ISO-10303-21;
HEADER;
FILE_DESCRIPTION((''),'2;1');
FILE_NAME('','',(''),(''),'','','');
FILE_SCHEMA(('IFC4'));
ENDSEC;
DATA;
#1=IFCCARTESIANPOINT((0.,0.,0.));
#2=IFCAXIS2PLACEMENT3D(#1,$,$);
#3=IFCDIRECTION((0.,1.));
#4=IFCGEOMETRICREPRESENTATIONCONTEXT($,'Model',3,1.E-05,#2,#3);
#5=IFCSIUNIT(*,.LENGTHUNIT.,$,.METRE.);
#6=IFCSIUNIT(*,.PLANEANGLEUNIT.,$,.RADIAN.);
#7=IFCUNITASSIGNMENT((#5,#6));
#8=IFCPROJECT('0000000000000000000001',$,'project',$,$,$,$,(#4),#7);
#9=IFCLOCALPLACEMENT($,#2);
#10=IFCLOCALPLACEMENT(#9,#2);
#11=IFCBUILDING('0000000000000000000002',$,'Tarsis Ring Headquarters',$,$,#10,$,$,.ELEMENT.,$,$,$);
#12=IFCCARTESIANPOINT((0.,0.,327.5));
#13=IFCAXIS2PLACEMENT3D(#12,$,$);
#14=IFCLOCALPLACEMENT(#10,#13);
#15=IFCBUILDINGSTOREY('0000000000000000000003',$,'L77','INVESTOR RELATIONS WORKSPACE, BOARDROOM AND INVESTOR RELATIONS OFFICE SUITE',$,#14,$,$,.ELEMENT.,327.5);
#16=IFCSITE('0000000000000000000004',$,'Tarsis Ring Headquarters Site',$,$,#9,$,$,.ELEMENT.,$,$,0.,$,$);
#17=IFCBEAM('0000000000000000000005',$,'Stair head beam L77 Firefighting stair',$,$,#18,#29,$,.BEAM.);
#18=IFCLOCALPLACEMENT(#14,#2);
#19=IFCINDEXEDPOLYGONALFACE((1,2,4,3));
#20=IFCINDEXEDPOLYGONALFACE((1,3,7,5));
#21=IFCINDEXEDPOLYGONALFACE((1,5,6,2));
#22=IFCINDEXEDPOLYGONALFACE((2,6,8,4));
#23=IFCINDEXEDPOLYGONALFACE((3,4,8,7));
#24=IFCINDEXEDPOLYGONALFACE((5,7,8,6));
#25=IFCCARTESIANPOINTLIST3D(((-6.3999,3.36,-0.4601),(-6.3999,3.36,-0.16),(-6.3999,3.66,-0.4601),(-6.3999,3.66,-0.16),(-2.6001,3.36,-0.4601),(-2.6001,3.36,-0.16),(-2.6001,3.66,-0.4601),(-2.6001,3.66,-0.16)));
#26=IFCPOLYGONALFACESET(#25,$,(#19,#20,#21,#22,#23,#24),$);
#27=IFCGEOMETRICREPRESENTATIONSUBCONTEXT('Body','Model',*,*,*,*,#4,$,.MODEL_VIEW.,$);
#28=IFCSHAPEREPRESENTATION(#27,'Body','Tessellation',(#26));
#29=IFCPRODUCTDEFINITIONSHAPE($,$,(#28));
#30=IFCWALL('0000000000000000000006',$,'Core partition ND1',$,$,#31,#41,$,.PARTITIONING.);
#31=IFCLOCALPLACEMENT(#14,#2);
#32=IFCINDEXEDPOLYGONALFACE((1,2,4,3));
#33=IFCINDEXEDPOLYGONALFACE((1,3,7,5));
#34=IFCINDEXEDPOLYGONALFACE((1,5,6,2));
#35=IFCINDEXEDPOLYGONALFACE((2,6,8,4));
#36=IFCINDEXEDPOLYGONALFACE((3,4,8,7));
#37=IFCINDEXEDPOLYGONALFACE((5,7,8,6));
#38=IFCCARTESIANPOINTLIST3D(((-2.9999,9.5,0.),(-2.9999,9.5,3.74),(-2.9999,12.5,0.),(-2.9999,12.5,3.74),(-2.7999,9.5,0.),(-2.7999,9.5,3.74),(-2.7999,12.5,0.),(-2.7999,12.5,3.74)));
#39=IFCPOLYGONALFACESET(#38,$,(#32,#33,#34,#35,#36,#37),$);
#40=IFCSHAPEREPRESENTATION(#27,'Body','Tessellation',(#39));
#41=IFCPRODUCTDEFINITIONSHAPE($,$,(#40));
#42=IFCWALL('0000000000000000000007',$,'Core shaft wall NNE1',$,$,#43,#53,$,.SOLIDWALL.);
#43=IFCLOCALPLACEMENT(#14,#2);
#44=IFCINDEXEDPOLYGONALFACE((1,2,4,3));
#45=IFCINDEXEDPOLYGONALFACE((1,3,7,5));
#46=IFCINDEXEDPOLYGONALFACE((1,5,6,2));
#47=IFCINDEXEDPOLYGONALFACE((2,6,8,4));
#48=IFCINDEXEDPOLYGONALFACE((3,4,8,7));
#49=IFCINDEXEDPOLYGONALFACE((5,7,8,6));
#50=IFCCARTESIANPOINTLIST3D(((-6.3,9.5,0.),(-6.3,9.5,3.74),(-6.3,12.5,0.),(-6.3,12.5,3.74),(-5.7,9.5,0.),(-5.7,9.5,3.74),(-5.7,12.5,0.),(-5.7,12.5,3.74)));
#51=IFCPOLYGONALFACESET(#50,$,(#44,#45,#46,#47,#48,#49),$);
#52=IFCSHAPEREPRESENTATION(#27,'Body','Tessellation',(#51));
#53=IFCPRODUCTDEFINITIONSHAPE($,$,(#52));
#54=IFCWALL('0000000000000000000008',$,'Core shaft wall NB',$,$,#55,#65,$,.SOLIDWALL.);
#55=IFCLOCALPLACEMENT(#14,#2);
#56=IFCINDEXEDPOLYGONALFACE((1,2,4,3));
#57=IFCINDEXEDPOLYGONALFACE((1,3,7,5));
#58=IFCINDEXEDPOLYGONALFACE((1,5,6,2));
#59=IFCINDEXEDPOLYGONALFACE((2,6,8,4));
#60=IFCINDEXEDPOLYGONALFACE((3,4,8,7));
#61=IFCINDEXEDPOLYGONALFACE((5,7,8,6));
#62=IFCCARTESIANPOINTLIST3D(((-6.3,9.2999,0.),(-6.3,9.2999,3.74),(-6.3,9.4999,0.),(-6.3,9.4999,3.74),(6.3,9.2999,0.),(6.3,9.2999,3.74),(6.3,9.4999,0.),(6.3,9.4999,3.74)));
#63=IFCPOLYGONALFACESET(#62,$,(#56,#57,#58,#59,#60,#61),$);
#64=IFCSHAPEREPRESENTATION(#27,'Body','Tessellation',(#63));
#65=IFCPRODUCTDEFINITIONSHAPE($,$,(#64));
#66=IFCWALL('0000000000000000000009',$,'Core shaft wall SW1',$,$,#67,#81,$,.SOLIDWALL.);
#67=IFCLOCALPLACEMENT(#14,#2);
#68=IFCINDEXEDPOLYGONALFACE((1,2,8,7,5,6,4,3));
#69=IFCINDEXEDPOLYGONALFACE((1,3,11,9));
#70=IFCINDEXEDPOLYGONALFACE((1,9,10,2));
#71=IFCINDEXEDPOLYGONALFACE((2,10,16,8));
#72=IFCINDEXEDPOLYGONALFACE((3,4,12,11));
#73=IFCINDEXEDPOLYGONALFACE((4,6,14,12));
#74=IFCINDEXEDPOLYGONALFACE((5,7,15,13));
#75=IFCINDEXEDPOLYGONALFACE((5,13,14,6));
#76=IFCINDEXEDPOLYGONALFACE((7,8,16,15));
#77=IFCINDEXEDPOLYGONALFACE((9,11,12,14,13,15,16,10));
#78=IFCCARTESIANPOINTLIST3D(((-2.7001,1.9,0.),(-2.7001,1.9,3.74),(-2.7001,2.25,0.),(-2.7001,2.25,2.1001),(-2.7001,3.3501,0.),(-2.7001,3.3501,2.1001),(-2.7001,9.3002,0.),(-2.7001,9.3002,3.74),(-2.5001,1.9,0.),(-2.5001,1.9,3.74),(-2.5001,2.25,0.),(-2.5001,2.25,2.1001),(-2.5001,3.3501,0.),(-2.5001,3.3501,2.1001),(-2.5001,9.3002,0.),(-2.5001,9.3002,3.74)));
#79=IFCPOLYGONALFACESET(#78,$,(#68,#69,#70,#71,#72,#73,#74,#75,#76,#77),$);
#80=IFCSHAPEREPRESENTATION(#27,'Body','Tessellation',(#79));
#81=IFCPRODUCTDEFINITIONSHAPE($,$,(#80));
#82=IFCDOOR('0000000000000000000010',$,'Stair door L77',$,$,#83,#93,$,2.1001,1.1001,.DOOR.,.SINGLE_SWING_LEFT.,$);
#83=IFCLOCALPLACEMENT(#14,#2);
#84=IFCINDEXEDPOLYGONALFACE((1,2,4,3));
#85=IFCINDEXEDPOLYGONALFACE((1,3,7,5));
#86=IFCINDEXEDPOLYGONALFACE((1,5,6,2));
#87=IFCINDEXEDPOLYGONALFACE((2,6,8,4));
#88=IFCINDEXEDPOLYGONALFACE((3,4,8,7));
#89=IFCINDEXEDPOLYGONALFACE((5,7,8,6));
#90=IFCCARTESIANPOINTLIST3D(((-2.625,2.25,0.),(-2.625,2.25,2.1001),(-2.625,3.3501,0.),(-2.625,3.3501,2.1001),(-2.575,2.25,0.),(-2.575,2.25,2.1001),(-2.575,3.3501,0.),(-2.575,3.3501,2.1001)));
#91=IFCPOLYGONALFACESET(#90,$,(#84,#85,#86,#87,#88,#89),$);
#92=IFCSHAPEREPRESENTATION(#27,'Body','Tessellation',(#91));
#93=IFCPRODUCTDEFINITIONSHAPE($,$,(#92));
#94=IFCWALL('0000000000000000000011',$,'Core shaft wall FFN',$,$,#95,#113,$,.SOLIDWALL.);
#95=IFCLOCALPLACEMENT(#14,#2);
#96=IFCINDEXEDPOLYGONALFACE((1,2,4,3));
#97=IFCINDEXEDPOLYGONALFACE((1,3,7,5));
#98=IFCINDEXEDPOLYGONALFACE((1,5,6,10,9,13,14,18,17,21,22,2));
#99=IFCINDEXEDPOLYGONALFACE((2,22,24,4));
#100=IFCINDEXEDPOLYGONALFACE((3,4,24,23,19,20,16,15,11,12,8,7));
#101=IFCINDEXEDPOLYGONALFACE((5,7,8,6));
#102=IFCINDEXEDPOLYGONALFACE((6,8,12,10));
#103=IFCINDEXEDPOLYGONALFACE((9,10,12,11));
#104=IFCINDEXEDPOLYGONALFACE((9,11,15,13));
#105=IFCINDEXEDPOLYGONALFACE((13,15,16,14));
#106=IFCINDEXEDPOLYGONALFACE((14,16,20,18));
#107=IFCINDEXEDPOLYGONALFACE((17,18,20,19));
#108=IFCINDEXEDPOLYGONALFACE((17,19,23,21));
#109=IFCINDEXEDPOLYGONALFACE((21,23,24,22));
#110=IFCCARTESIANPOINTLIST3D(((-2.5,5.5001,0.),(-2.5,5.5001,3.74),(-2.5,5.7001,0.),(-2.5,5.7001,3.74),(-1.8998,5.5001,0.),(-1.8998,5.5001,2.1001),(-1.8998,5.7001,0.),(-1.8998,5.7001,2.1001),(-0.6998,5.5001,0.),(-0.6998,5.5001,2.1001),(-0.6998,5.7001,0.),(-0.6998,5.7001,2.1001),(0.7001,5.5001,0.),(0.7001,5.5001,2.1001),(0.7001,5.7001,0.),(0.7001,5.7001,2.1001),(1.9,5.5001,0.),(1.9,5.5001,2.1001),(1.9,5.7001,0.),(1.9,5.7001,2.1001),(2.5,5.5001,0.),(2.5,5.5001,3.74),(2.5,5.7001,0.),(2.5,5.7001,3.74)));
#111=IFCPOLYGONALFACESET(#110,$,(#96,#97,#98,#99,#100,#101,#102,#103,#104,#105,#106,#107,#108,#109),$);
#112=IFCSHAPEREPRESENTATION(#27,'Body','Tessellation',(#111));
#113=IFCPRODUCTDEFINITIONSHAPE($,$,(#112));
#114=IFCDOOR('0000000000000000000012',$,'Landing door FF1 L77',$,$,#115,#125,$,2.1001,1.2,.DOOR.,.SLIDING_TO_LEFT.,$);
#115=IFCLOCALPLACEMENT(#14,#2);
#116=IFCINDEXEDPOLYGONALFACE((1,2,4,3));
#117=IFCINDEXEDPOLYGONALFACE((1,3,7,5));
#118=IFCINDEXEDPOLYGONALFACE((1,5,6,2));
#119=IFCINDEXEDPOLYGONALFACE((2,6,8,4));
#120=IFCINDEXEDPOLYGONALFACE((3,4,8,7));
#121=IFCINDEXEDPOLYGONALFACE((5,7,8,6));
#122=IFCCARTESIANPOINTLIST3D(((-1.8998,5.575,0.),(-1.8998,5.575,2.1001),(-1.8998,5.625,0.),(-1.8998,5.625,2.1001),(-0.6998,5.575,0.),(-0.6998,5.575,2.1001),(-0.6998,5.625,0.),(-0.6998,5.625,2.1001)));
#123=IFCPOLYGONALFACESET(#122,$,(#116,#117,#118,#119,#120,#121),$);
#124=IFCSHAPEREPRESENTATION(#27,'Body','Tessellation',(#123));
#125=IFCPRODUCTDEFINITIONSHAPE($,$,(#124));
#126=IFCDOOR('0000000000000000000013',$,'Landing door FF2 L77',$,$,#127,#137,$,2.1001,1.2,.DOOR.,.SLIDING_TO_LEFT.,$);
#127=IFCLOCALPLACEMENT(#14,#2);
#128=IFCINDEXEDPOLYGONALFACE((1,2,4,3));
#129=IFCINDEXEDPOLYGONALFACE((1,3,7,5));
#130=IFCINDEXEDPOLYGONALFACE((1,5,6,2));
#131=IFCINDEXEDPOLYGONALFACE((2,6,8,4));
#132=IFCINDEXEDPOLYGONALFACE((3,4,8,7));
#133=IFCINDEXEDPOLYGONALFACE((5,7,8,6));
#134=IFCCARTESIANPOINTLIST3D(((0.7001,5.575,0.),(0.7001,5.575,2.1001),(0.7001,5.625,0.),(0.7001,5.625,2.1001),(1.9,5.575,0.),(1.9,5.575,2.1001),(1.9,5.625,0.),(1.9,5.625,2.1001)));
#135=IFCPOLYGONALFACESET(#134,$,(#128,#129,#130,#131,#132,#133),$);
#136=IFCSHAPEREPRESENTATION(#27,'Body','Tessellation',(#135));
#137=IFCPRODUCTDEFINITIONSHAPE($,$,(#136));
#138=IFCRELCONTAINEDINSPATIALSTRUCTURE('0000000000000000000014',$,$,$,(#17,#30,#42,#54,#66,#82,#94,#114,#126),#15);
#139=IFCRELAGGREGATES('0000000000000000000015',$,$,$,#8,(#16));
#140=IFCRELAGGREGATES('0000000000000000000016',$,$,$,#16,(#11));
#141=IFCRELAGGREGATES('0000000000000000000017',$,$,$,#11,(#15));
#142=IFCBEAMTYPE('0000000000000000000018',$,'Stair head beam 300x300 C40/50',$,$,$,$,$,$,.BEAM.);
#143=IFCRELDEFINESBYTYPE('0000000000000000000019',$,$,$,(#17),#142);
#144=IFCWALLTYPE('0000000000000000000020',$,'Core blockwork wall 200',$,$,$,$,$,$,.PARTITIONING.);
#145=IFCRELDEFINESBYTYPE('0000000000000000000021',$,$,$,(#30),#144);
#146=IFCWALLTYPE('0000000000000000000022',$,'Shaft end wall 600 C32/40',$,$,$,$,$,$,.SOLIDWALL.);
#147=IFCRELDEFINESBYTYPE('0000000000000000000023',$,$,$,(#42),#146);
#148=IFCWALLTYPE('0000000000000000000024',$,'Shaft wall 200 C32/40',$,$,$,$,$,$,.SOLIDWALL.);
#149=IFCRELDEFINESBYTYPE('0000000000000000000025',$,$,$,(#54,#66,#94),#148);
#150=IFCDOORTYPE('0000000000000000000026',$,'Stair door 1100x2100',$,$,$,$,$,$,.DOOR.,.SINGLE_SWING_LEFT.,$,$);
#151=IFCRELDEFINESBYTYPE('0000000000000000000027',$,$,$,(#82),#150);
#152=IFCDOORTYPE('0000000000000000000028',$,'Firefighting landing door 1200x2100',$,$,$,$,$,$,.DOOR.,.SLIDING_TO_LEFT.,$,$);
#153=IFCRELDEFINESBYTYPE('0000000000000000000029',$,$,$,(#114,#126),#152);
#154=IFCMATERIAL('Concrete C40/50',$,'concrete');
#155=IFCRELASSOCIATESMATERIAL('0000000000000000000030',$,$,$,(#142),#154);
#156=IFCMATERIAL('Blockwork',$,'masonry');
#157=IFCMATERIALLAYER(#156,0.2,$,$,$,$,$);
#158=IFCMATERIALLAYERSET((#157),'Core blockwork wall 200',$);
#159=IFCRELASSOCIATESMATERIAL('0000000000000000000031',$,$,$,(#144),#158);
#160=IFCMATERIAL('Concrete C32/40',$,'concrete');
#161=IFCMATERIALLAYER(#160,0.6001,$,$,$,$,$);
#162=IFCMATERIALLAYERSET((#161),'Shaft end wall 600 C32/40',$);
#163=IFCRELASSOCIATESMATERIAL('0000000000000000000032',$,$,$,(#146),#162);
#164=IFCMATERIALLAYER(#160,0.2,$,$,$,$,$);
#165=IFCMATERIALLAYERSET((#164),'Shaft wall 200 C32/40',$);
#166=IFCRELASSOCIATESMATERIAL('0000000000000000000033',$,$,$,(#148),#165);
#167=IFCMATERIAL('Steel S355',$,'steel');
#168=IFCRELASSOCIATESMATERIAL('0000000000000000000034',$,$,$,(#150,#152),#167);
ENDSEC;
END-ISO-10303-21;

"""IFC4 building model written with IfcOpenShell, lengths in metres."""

from ifc_helpers import new_model, si_unit, direction, frame, frame_2d, origin, origin_2d, place, context, subcontext, project, spatial, rectangle, extrude, material, layer, layer_set, material_profile, profile_set, type_object, element, fill, save


model = new_model("IFC4")

# Units and contexts
model_context = context("Model", 3, precision=1e-05, world=origin(), true_north=direction((0.0, 1.0)))
body_context = subcontext(model_context, "Body", "Model", "MODEL_VIEW")
ifc_project = project(units=[si_unit("LENGTHUNIT", "METRE"), si_unit("PLANEANGLEUNIT", "RADIAN")], contexts=[model_context])

# Site, building, storey
site_placement = place(None, origin())
site = spatial("IfcSite", under=ifc_project, at=site_placement, Name="Tarsis Ring Headquarters Site", CompositionType="ELEMENT", RefElevation=0.0)
building_placement = place(site_placement, origin())
building = spatial("IfcBuilding", under=site, at=building_placement, Name="Tarsis Ring Headquarters", CompositionType="ELEMENT")
storey_placement = place(building_placement, frame((0.0, 0.0, 327.5)))
storey = spatial("IfcBuildingStorey", under=building, at=storey_placement, Name="L77", Description="INVESTOR RELATIONS WORKSPACE, BOARDROOM AND INVESTOR RELATIONS OFFICE SUITE", CompositionType="ELEMENT", Elevation=327.5)

# Beam
ifc_material_1 = material(Name="Concrete C40/50", Category="concrete")
ifc_material_profile = material_profile(ifc_material_1, rectangle(XDim=0.3, YDim=0.3, at=origin_2d()), Name="Stair head beam 300x300 C40/50")
ifc_profile_set = profile_set([ifc_material_profile], Name="Concrete C40/50")
beam_type = type_object("IfcBeamType", Name="Stair head beam 300x300 C40/50", PredefinedType="BEAM", material=ifc_profile_set)
beam_placement = place(storey_placement, frame((-6.3999, 3.51, -0.3101), z_axis=(1.0, 0.0, 0.0), x_axis=(0.0, 1.0, 0.0)))
element("IfcBeam", 1, at=beam_placement, inside=storey, type_object=beam_type, Name="Stair head beam L77 Firefighting stair", PredefinedType="BEAM", context=body_context, shape_type="SweptSolid", body=[
    extrude(rectangle(XDim=0.3, YDim=0.3, at=origin_2d()), origin(), (0.0, 0.0, 1.0), 3.7998),
])

# Walls
ifc_material_2 = material(Name="Blockwork", Category="masonry")
ifc_layer_1 = layer(ifc_material_2, 0.2)
ifc_layer_set_1 = layer_set([ifc_layer_1], Name="Core blockwork wall 200")
wall_type_1 = type_object("IfcWallType", Name="Core blockwork wall 200", PredefinedType="PARTITIONING", material=ifc_layer_set_1)
wall_1_placement = place(storey_placement, frame((-2.8999, 9.5, 0.0), z_axis=(0.0, 0.0, 1.0), x_axis=(0.0, 1.0, 0.0)))
element("IfcWall", 2, at=wall_1_placement, inside=storey, type_object=wall_type_1, Name="Core partition ND1", PredefinedType="PARTITIONING", context=body_context, shape_type="SweptSolid", body=[
    extrude(rectangle(XDim=3.0, YDim=0.2, at=frame_2d((1.5, 0.0))), origin(), (0.0, 0.0, 1.0), 3.74),
])
ifc_material_3 = material(Name="Concrete C32/40", Category="concrete")
ifc_layer_2 = layer(ifc_material_3, 0.6001)
ifc_layer_set_2 = layer_set([ifc_layer_2], Name="Shaft end wall 600 C32/40")
wall_type_2 = type_object("IfcWallType", Name="Shaft end wall 600 C32/40", PredefinedType="SOLIDWALL", material=ifc_layer_set_2)
wall_2_placement = place(storey_placement, frame((-6.0, 9.5, 0.0), z_axis=(0.0, 0.0, 1.0), x_axis=(0.0, 1.0, 0.0)))
element("IfcWall", 3, at=wall_2_placement, inside=storey, type_object=wall_type_2, Name="Core shaft wall NNE1", PredefinedType="SOLIDWALL", context=body_context, shape_type="SweptSolid", body=[
    extrude(rectangle(XDim=3.0, YDim=0.6001, at=frame_2d((1.5, 0.0))), origin(), (0.0, 0.0, 1.0), 3.74),
])
ifc_layer_3 = layer(ifc_material_3, 0.2)
ifc_layer_set_3 = layer_set([ifc_layer_3], Name="Shaft wall 200 C32/40")
wall_type_3 = type_object("IfcWallType", Name="Shaft wall 200 C32/40", PredefinedType="SOLIDWALL", material=ifc_layer_set_3)
wall_3_placement = place(storey_placement, frame((-6.3, 9.3999, 0.0), z_axis=(0.0, 0.0, 1.0), x_axis=(1.0, 0.0, 0.0)))
element("IfcWall", 4, at=wall_3_placement, inside=storey, type_object=wall_type_3, Name="Core shaft wall NB", PredefinedType="SOLIDWALL", context=body_context, shape_type="SweptSolid", body=[
    extrude(rectangle(XDim=12.6001, YDim=0.2, at=frame_2d((6.3, 0.0))), origin(), (0.0, 0.0, 1.0), 3.74),
])

# Wall, opening, door
wall_4_placement = place(storey_placement, frame((-2.6001, 1.8999, 0.0), z_axis=(0.0, 0.0, 1.0), x_axis=(0.0, 1.0, 0.0)))
wall_4 = element("IfcWall", 5, at=wall_4_placement, inside=storey, type_object=wall_type_3, Name="Core shaft wall SW1", PredefinedType="SOLIDWALL", context=body_context, shape_type="SweptSolid", body=[
    extrude(rectangle(XDim=7.4001, YDim=0.2, at=frame_2d((3.7002, 0.0))), origin(), (0.0, 0.0, 1.0), 3.74),
])
opening_1_placement = place(wall_4_placement, frame((0.3501, 0.0, 0.0)))
opening_1 = element("IfcOpeningElement", 6, at=opening_1_placement, cuts=wall_4, PredefinedType="OPENING", context=body_context, shape_type="SweptSolid", body=[
    extrude(rectangle(XDim=1.1001, YDim=2.1001, at=frame_2d((0.55, 1.05))), frame((0.0, 0.1099, 0.0), z_axis=(0.0, -1.0, 0.0), x_axis=(1.0, 0.0, 0.0)), (0.0, 0.0, 1.0), 0.22),
])
ifc_material_4 = material(Name="Steel S355", Category="steel")
door_type_1 = type_object("IfcDoorType", Name="Stair door 1100x2100", OperationType="SINGLE_SWING_LEFT", PredefinedType="DOOR", material=ifc_material_4)
door_1_placement = place(opening_1_placement, origin())
door_1 = element("IfcDoor", 7, at=door_1_placement, inside=storey, type_object=door_type_1, Name="Stair door L77", OperationType="SINGLE_SWING_LEFT", OverallHeight=2.1001, OverallWidth=1.1001, PredefinedType="DOOR", context=body_context, shape_type="SweptSolid", body=[
    extrude(rectangle(XDim=1.1001, YDim=2.1001, at=frame_2d((0.55, 1.05))), frame((0.0, 0.0249, 0.0), z_axis=(0.0, -1.0, 0.0), x_axis=(1.0, 0.0, 0.0)), (0.0, 0.0, 1.0), 0.05),
])
fill(opening_1, door_1)

# Wall, openings, doors
wall_5_placement = place(storey_placement, frame((-2.5, 5.6001, 0.0), z_axis=(0.0, 0.0, 1.0), x_axis=(1.0, 0.0, 0.0)))
wall_5 = element("IfcWall", 8, at=wall_5_placement, inside=storey, type_object=wall_type_3, Name="Core shaft wall FFN", PredefinedType="SOLIDWALL", context=body_context, shape_type="SweptSolid", body=[
    extrude(rectangle(XDim=5.0, YDim=0.2, at=frame_2d((2.5, 0.0))), origin(), (0.0, 0.0, 1.0), 3.74),
])
opening_2_placement = place(wall_5_placement, frame((0.6001, 0.0, 0.0)))
opening_2 = element("IfcOpeningElement", 9, at=opening_2_placement, cuts=wall_5, PredefinedType="OPENING", context=body_context, shape_type="SweptSolid", body=[
    extrude(rectangle(XDim=1.2, YDim=2.1001, at=frame_2d((0.6001, 1.05))), frame((0.0, 0.1099, 0.0), z_axis=(0.0, -1.0, 0.0), x_axis=(1.0, 0.0, 0.0)), (0.0, 0.0, 1.0), 0.22),
])
opening_3_placement = place(wall_5_placement, frame((3.2, 0.0, 0.0)))
opening_3 = element("IfcOpeningElement", 10, at=opening_3_placement, cuts=wall_5, PredefinedType="OPENING", context=body_context, shape_type="SweptSolid", body=[
    extrude(rectangle(XDim=1.2, YDim=2.1001, at=frame_2d((0.6001, 1.05))), frame((0.0, 0.1099, 0.0), z_axis=(0.0, -1.0, 0.0), x_axis=(1.0, 0.0, 0.0)), (0.0, 0.0, 1.0), 0.22),
])
door_type_2 = type_object("IfcDoorType", Name="Firefighting landing door 1200x2100", OperationType="SLIDING_TO_LEFT", PredefinedType="DOOR", material=ifc_material_4)
door_2_placement = place(opening_2_placement, origin())
door_2 = element("IfcDoor", 11, at=door_2_placement, inside=storey, type_object=door_type_2, Name="Landing door FF1 L77", OperationType="SLIDING_TO_LEFT", OverallHeight=2.1001, OverallWidth=1.2, PredefinedType="DOOR", context=body_context, shape_type="SweptSolid", body=[
    extrude(rectangle(XDim=1.2, YDim=2.1001, at=frame_2d((0.6001, 1.05))), frame((0.0, 0.0249, 0.0), z_axis=(0.0, -1.0, 0.0), x_axis=(1.0, 0.0, 0.0)), (0.0, 0.0, 1.0), 0.05),
])
fill(opening_2, door_2)
door_3_placement = place(opening_3_placement, origin())
door_3 = element("IfcDoor", 12, at=door_3_placement, inside=storey, type_object=door_type_2, Name="Landing door FF2 L77", OperationType="SLIDING_TO_LEFT", OverallHeight=2.1001, OverallWidth=1.2, PredefinedType="DOOR", context=body_context, shape_type="SweptSolid", body=[
    extrude(rectangle(XDim=1.2, YDim=2.1001, at=frame_2d((0.6001, 1.05))), frame((0.0, 0.0249, 0.0), z_axis=(0.0, -1.0, 0.0), x_axis=(1.0, 0.0, 0.0)), (0.0, 0.0, 1.0), 0.05),
])
fill(opening_3, door_3)

save(model, "model.ifc")
